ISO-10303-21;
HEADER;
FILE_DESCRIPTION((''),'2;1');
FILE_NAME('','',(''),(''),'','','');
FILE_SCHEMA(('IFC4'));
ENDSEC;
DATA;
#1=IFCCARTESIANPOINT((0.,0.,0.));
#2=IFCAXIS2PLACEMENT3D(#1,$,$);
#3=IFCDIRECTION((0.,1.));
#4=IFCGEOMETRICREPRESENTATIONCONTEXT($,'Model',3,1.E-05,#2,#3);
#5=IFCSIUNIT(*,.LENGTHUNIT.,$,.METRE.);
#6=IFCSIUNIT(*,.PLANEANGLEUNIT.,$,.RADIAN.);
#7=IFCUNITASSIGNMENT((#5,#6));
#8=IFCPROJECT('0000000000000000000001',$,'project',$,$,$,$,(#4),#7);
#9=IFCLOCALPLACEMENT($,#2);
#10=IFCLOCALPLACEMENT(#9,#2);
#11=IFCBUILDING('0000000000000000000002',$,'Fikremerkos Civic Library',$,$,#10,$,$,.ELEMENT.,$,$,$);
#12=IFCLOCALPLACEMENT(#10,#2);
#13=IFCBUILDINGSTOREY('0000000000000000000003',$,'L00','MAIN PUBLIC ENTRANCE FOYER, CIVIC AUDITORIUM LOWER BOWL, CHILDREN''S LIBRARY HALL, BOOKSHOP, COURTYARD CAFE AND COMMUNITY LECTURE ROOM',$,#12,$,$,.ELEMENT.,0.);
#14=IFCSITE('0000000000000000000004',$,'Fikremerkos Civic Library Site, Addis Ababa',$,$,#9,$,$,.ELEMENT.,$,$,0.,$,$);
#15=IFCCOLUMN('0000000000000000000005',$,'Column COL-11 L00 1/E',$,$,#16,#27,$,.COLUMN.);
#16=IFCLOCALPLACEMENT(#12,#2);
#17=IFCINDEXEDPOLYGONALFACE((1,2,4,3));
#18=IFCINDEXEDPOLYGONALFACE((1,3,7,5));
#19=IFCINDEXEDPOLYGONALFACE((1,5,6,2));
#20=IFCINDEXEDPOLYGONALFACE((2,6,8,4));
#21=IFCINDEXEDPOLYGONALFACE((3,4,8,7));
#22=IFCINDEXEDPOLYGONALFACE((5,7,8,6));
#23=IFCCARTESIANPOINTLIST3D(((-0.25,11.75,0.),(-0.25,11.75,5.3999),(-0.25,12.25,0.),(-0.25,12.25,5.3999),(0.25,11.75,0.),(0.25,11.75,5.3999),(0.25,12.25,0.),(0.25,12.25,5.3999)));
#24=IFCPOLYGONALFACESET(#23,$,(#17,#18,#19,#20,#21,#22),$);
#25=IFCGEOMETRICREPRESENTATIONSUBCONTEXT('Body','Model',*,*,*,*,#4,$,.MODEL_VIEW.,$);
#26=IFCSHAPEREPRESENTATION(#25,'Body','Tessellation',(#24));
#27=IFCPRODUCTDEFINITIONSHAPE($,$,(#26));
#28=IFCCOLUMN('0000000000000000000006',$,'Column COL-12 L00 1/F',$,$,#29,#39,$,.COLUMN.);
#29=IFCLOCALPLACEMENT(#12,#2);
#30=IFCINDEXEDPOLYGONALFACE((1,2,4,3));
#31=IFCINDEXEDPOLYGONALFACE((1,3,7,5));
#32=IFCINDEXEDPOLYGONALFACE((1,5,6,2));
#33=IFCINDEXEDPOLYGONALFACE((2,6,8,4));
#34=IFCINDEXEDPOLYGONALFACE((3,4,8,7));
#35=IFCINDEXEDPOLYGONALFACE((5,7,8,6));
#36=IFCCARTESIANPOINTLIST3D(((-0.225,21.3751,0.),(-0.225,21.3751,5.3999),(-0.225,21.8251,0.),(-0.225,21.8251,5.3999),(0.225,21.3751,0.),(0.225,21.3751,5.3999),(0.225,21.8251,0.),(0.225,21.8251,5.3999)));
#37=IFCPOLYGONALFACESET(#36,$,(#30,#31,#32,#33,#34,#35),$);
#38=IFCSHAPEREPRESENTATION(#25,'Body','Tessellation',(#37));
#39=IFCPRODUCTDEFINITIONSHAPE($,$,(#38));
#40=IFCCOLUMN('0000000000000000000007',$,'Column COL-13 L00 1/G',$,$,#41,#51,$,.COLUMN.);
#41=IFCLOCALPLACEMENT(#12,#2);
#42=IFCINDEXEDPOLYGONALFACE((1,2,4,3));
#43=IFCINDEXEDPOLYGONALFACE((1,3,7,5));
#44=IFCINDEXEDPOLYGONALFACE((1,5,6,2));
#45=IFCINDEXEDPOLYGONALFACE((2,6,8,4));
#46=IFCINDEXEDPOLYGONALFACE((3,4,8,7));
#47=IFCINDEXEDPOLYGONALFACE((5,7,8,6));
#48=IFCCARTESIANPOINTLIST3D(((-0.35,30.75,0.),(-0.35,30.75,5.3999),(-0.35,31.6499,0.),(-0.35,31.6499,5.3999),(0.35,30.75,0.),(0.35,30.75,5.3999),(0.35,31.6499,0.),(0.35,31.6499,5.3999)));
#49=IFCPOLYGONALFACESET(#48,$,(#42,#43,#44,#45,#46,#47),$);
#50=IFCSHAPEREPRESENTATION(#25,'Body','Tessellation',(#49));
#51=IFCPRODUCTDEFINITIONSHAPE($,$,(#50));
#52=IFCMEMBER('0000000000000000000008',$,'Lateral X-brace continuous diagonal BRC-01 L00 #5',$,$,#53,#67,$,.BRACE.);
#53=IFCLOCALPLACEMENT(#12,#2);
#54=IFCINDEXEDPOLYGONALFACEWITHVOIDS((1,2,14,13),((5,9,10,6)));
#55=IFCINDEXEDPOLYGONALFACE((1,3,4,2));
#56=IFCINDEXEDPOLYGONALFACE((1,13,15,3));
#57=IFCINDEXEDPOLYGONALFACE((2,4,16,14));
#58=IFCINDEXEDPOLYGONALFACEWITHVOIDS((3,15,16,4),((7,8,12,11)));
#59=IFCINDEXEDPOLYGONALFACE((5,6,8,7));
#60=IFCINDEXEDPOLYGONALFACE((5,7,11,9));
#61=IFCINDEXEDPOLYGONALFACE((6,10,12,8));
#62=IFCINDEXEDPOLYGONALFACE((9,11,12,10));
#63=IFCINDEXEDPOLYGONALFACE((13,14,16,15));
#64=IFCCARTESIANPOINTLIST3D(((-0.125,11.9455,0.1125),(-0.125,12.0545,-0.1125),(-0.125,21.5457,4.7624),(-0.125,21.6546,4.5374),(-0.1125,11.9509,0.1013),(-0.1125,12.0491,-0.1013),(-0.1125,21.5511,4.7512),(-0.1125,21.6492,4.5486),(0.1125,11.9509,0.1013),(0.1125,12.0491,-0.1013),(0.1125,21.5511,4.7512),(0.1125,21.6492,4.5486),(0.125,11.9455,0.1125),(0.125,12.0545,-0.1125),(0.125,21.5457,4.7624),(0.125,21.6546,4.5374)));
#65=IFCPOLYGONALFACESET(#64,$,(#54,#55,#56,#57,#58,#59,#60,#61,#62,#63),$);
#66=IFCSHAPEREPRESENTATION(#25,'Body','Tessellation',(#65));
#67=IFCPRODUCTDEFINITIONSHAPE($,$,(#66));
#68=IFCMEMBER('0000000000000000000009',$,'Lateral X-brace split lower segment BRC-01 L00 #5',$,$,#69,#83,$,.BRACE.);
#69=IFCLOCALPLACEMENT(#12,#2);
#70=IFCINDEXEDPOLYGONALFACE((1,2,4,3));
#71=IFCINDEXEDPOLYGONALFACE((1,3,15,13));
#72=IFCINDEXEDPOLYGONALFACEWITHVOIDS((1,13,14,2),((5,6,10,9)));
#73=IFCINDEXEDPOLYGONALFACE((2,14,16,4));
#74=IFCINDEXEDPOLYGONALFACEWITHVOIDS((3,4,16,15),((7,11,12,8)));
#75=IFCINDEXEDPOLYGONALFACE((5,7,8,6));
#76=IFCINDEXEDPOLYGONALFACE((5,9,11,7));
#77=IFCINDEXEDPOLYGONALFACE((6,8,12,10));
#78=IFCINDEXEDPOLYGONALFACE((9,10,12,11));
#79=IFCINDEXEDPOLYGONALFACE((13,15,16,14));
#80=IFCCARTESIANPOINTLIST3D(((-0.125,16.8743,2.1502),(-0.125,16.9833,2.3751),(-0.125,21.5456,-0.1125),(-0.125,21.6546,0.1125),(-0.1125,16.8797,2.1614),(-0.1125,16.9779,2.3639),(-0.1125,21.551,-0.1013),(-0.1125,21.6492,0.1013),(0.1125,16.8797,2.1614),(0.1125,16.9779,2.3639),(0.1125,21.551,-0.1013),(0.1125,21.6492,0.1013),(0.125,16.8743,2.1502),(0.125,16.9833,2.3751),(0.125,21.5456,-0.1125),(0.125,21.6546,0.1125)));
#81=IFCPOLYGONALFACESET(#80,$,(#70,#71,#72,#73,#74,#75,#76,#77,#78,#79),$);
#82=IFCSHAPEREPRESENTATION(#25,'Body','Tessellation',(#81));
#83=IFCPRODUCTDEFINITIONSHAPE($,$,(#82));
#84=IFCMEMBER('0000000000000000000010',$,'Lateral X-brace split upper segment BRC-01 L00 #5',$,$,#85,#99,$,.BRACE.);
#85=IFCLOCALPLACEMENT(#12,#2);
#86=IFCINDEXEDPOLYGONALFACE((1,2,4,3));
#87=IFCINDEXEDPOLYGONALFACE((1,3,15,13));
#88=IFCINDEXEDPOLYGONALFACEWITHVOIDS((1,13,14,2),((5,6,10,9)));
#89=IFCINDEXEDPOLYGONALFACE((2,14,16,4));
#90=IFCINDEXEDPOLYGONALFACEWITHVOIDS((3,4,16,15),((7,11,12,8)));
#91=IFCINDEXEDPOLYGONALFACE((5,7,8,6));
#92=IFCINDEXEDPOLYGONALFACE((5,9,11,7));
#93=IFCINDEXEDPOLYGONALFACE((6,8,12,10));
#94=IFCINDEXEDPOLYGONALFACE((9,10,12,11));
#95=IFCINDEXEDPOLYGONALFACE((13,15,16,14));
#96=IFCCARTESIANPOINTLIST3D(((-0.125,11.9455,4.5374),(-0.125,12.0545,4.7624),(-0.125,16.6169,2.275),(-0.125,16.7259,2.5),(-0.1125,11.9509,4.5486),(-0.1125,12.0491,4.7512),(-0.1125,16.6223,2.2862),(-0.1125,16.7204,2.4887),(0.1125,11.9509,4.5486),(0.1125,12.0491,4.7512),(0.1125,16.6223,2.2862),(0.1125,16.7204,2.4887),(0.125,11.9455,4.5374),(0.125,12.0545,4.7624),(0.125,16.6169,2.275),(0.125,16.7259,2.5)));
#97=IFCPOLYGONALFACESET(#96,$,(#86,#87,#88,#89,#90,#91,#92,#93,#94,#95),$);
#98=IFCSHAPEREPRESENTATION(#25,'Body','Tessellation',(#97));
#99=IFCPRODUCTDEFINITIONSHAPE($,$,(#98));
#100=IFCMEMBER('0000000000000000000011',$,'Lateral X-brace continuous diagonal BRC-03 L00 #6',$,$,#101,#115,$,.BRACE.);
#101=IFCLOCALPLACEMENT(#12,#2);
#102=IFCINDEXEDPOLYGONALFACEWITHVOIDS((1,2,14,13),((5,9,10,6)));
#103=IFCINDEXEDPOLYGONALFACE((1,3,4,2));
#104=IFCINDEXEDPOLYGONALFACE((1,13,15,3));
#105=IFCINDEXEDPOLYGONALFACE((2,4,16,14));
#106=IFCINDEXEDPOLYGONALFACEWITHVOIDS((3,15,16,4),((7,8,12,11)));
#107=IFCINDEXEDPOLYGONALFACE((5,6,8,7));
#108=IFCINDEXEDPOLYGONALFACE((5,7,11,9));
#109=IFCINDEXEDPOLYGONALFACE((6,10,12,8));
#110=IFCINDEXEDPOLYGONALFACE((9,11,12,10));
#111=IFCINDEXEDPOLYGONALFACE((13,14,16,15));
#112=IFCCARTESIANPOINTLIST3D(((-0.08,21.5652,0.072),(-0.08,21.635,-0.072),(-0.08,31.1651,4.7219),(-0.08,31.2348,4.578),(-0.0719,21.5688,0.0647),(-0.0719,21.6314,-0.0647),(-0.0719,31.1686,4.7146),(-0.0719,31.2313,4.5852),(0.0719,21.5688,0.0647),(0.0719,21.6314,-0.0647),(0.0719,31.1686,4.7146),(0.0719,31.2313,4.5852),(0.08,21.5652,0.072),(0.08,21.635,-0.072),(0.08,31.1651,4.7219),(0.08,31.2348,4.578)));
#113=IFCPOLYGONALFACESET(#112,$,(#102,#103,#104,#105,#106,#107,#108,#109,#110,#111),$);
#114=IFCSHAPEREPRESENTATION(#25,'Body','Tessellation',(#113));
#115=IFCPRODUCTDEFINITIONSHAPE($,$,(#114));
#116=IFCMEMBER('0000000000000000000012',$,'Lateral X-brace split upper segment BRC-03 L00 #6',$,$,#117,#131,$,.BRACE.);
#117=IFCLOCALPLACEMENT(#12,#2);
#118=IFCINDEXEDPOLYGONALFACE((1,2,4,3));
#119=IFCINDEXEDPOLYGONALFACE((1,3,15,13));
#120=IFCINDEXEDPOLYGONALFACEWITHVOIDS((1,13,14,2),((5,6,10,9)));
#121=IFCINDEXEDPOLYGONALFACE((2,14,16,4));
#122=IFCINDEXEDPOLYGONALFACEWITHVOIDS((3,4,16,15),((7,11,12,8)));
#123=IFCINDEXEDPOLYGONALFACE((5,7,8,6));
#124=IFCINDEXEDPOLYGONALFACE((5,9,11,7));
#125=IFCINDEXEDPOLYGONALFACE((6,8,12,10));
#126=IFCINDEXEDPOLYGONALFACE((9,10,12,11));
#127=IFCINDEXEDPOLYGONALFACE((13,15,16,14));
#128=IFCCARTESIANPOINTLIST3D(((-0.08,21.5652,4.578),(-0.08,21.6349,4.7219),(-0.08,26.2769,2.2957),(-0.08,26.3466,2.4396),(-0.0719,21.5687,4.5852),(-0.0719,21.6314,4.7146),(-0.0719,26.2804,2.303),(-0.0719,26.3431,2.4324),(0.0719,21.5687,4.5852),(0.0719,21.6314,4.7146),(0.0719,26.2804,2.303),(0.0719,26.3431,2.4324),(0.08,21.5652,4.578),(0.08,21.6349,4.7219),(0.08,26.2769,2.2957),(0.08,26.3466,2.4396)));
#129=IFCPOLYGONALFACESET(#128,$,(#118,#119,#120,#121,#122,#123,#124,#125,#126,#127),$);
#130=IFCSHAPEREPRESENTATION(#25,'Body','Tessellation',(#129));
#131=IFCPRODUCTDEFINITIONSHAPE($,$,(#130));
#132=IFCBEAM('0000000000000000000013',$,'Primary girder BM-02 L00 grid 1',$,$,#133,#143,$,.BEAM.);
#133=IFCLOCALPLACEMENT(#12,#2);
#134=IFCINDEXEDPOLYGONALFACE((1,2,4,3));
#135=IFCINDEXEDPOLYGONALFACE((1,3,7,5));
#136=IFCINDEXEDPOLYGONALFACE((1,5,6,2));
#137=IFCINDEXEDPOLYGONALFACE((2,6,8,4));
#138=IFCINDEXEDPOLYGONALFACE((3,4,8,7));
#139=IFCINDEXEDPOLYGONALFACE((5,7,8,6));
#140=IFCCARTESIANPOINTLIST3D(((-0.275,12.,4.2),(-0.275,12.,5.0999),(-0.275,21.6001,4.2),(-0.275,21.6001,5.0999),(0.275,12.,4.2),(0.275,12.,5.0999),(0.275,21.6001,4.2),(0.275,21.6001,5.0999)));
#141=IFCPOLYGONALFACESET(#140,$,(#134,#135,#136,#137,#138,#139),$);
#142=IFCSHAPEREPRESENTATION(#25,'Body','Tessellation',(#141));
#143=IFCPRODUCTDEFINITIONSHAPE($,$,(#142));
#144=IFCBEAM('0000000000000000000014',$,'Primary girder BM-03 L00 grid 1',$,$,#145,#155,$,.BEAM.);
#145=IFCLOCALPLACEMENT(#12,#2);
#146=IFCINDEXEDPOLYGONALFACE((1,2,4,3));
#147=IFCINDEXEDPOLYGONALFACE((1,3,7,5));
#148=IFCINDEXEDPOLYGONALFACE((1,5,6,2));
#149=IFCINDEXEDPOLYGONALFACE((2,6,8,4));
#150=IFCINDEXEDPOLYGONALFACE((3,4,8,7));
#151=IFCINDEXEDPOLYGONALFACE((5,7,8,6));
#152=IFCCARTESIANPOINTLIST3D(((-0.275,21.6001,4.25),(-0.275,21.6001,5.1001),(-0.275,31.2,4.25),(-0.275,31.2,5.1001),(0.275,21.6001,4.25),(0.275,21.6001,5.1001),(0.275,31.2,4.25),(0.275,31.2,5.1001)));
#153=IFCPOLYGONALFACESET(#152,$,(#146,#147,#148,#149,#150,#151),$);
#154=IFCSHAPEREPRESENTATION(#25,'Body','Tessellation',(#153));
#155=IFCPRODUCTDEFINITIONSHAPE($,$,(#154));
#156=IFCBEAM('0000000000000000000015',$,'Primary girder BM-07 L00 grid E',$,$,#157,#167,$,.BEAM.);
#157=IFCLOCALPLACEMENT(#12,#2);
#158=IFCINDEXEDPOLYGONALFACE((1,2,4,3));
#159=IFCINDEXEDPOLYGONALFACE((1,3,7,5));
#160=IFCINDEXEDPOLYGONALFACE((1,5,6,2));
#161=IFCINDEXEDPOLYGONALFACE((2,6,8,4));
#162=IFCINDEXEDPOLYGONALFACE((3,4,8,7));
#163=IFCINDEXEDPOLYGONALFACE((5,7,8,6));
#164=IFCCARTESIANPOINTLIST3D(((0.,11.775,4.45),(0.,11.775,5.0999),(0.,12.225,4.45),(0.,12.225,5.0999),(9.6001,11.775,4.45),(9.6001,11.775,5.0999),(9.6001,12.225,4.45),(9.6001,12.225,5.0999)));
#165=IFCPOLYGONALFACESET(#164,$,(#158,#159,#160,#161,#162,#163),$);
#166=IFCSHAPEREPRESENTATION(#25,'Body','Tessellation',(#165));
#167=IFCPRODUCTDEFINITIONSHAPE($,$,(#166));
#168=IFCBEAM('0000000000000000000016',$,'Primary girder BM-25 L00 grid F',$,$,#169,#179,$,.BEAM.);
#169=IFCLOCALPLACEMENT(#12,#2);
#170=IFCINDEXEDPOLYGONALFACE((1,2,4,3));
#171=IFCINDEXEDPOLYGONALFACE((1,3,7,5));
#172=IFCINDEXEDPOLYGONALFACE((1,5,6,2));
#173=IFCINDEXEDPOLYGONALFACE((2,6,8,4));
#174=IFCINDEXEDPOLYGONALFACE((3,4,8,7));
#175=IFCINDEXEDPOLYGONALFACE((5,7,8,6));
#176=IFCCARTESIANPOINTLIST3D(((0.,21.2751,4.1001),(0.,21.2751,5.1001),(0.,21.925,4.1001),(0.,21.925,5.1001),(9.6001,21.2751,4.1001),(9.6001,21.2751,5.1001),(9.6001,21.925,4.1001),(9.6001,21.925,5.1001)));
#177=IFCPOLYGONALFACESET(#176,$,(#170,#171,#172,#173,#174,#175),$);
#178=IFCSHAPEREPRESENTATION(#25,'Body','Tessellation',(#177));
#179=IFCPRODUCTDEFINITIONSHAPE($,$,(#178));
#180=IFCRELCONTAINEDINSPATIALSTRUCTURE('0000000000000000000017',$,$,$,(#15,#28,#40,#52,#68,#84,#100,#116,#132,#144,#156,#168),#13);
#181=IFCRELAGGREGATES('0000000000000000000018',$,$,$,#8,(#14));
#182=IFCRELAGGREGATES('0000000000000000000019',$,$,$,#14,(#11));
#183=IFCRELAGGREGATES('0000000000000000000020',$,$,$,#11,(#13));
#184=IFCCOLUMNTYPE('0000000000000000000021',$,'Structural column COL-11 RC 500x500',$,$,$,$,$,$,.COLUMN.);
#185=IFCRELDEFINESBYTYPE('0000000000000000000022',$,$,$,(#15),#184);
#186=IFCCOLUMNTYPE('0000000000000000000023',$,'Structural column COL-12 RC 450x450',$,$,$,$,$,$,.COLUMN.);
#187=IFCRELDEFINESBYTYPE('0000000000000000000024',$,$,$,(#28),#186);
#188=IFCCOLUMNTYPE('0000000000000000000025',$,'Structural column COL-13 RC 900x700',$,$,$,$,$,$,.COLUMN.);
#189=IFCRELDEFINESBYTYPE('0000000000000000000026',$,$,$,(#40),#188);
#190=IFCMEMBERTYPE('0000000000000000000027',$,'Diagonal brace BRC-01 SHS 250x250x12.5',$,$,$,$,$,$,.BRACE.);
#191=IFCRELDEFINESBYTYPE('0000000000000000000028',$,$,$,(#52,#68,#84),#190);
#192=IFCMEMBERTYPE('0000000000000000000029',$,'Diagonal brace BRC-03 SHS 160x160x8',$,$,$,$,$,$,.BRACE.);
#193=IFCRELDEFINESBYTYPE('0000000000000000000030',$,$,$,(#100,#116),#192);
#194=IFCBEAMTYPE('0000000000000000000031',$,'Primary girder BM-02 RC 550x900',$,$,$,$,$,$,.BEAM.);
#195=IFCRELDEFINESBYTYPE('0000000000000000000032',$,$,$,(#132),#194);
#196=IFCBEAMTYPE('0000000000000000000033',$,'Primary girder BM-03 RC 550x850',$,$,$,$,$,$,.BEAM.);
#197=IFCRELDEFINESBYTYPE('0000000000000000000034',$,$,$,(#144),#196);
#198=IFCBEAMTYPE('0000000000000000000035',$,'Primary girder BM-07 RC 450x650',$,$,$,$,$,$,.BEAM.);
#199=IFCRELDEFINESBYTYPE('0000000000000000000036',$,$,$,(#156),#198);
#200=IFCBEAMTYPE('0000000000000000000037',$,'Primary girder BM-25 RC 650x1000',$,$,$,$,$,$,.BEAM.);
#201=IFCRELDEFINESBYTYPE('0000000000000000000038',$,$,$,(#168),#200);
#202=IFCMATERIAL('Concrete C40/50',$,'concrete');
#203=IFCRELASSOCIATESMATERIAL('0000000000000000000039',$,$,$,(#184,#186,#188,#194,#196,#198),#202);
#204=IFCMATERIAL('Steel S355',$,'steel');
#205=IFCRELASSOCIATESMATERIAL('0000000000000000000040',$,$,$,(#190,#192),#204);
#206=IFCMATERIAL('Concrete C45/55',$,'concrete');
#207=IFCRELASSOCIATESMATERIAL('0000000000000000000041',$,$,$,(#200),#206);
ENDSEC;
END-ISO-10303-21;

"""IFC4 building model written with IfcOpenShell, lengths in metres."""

from ifc_helpers import new_model, si_unit, direction, frame, origin, origin_2d, place, context, subcontext, project, spatial, rectangle, hollow_rectangle, extrude, material, material_profile, profile_set, type_object, element, save


model = new_model("IFC4")

# Units and contexts
model_context = context("Model", 3, precision=1e-05, world=origin(), true_north=direction((0.0, 1.0)))
body_context = subcontext(model_context, "Body", "Model", "MODEL_VIEW")
ifc_project = project(units=[si_unit("LENGTHUNIT", "METRE"), si_unit("PLANEANGLEUNIT", "RADIAN")], contexts=[model_context])

# Site, building, storey
site_placement = place(None, origin())
site = spatial("IfcSite", under=ifc_project, at=site_placement, Name="Fikremerkos Civic Library Site, Addis Ababa", CompositionType="ELEMENT", RefElevation=0.0)
building_placement = place(site_placement, origin())
building = spatial("IfcBuilding", under=site, at=building_placement, Name="Fikremerkos Civic Library", CompositionType="ELEMENT")
storey_placement = place(building_placement, origin())
storey = spatial("IfcBuildingStorey", under=building, at=storey_placement, Name="L00", Description="MAIN PUBLIC ENTRANCE FOYER, CIVIC AUDITORIUM LOWER BOWL, CHILDREN'S LIBRARY HALL, BOOKSHOP, COURTYARD CAFE AND COMMUNITY LECTURE ROOM", CompositionType="ELEMENT", Elevation=0.0)

# Columns
ifc_material_1 = material(Name="Concrete C40/50", Category="concrete")
ifc_material_profile_1 = material_profile(ifc_material_1, rectangle(XDim=0.5, YDim=0.5, at=origin_2d()), Name="RC 500x500")
ifc_profile_set_1 = profile_set([ifc_material_profile_1], Name="Concrete C40/50")
column_type_1 = type_object("IfcColumnType", Name="Structural column COL-11 RC 500x500", PredefinedType="COLUMN", material=ifc_profile_set_1)
column_1_placement = place(storey_placement, frame((0.0, 12.0, 0.0), z_axis=(0.0, 0.0, 1.0), x_axis=(1.0, 0.0, 0.0)))
element("IfcColumn", 1, at=column_1_placement, inside=storey, type_object=column_type_1, Name="Column COL-11 L00 1/E", PredefinedType="COLUMN", context=body_context, shape_type="SweptSolid", body=[
    extrude(rectangle(XDim=0.5, YDim=0.5, at=origin_2d()), origin(), (0.0, 0.0, 1.0), 5.3999),
])
ifc_material_profile_2 = material_profile(ifc_material_1, rectangle(XDim=0.45, YDim=0.45, at=origin_2d()), Name="RC 450x450")
ifc_profile_set_2 = profile_set([ifc_material_profile_2], Name="Concrete C40/50")
column_type_2 = type_object("IfcColumnType", Name="Structural column COL-12 RC 450x450", PredefinedType="COLUMN", material=ifc_profile_set_2)
column_2_placement = place(storey_placement, frame((0.0, 21.6001, 0.0), z_axis=(0.0, 0.0, 1.0), x_axis=(1.0, 0.0, 0.0)))
element("IfcColumn", 2, at=column_2_placement, inside=storey, type_object=column_type_2, Name="Column COL-12 L00 1/F", PredefinedType="COLUMN", context=body_context, shape_type="SweptSolid", body=[
    extrude(rectangle(XDim=0.45, YDim=0.45, at=origin_2d()), origin(), (0.0, 0.0, 1.0), 5.3999),
])
ifc_material_profile_3 = material_profile(ifc_material_1, rectangle(XDim=0.8999, YDim=0.7, at=origin_2d()), Name="RC 900x700")
ifc_profile_set_3 = profile_set([ifc_material_profile_3], Name="Concrete C40/50")
column_type_3 = type_object("IfcColumnType", Name="Structural column COL-13 RC 900x700", PredefinedType="COLUMN", material=ifc_profile_set_3)
column_3_placement = place(storey_placement, frame((0.0, 31.2, 0.0), z_axis=(0.0, 0.0, 1.0), x_axis=(0.0, 1.0, 0.0)))
element("IfcColumn", 3, at=column_3_placement, inside=storey, type_object=column_type_3, Name="Column COL-13 L00 1/G", PredefinedType="COLUMN", context=body_context, shape_type="SweptSolid", body=[
    extrude(rectangle(XDim=0.8999, YDim=0.7, at=origin_2d()), origin(), (0.0, 0.0, 1.0), 5.3999),
])

# Members
ifc_material_2 = material(Name="Steel S355", Category="steel")
ifc_material_profile_4 = material_profile(ifc_material_2, hollow_rectangle(XDim=0.25, YDim=0.25, WallThickness=0.0125, at=origin_2d()), Name="SHS 250x250x12.5")
ifc_profile_set_4 = profile_set([ifc_material_profile_4], Name="Steel S355")
member_type_1 = type_object("IfcMemberType", Name="Diagonal brace BRC-01 SHS 250x250x12.5", PredefinedType="BRACE", material=ifc_profile_set_4)
member_1_placement = place(storey_placement, frame((0.0, 12.0, 0.0), z_axis=(0.0, 0.899987, 0.435917), x_axis=(-1.0, 0.0, 0.0)))
element("IfcMember", 4, at=member_1_placement, inside=storey, type_object=member_type_1, Name="Lateral X-brace continuous diagonal BRC-01 L00 #5", PredefinedType="BRACE", context=body_context, shape_type="SweptSolid", body=[
    extrude(hollow_rectangle(XDim=0.25, YDim=0.25, WallThickness=0.0125, at=origin_2d()), origin(), (0.0, 0.0, 1.0), 10.667),
])
for number, where, z_axis, x_axis, name in (
    (5, (0.0, 21.6001, 0.0), (0.0, -0.899982, 0.435927), (1.0, 0.0, 0.0), "Lateral X-brace split lower segment BRC-01 L00 #5"),
    (6, (0.0, 16.6714, 2.3875), (0.0, -0.9, 0.435889), (1.0, 0.0, 0.0), "Lateral X-brace split upper segment BRC-01 L00 #5"),
):
    element("IfcMember", number, at=place(storey_placement, frame(where, z_axis=z_axis, x_axis=x_axis)), inside=storey, type_object=member_type_1, Name=name, PredefinedType="BRACE", context=body_context, shape_type="SweptSolid", body=[
        extrude(hollow_rectangle(XDim=0.25, YDim=0.25, WallThickness=0.0125, at=origin_2d()), origin(), (0.0, 0.0, 1.0), 5.1904),
    ])
ifc_material_profile_5 = material_profile(ifc_material_2, hollow_rectangle(XDim=0.1599, YDim=0.1599, WallThickness=0.0081, at=origin_2d()), Name="SHS 160x160x8")
ifc_profile_set_5 = profile_set([ifc_material_profile_5], Name="Steel S355")
member_type_2 = type_object("IfcMemberType", Name="Diagonal brace BRC-03 SHS 160x160x8", PredefinedType="BRACE", material=ifc_profile_set_5)
member_2_placement = place(storey_placement, frame((0.0, 21.6001, 0.0), z_axis=(0.0, 0.899982, 0.435926), x_axis=(-1.0, 0.0, 0.0)))
element("IfcMember", 7, at=member_2_placement, inside=storey, type_object=member_type_2, Name="Lateral X-brace continuous diagonal BRC-03 L00 #6", PredefinedType="BRACE", context=body_context, shape_type="SweptSolid", body=[
    extrude(hollow_rectangle(XDim=0.1599, YDim=0.1599, WallThickness=0.0081, at=origin_2d()), origin(), (0.0, 0.0, 1.0), 10.6667),
])
member_3_placement = place(storey_placement, frame((0.0, 26.3118, 2.3677), z_axis=(0.0, -0.89998, 0.43593), x_axis=(1.0, 0.0, 0.0)))
element("IfcMember", 8, at=member_3_placement, inside=storey, type_object=member_type_2, Name="Lateral X-brace split upper segment BRC-03 L00 #6", PredefinedType="BRACE", context=body_context, shape_type="SweptSolid", body=[
    extrude(hollow_rectangle(XDim=0.1599, YDim=0.1599, WallThickness=0.0081, at=origin_2d()), origin(), (0.0, 0.0, 1.0), 5.2354),
])

# Beams
ifc_material_profile_6 = material_profile(ifc_material_1, rectangle(XDim=0.55, YDim=0.8999, at=origin_2d()), Name="RC 550x900")
ifc_profile_set_6 = profile_set([ifc_material_profile_6], Name="Concrete C40/50")
beam_type_1 = type_object("IfcBeamType", Name="Primary girder BM-02 RC 550x900", PredefinedType="BEAM", material=ifc_profile_set_6)
beam_1_placement = place(storey_placement, frame((0.0, 12.0, 4.6499), z_axis=(0.0, 1.0, 0.0), x_axis=(-1.0, 0.0, 0.0)))
element("IfcBeam", 9, at=beam_1_placement, inside=storey, type_object=beam_type_1, Name="Primary girder BM-02 L00 grid 1", PredefinedType="BEAM", context=body_context, shape_type="SweptSolid", body=[
    extrude(rectangle(XDim=0.55, YDim=0.8999, at=origin_2d()), origin(), (0.0, 0.0, 1.0), 9.6001),
])
ifc_material_profile_7 = material_profile(ifc_material_1, rectangle(XDim=0.55, YDim=0.8501, at=origin_2d()), Name="RC 550x850")
ifc_profile_set_7 = profile_set([ifc_material_profile_7], Name="Concrete C40/50")
beam_type_2 = type_object("IfcBeamType", Name="Primary girder BM-03 RC 550x850", PredefinedType="BEAM", material=ifc_profile_set_7)
beam_2_placement = place(storey_placement, frame((0.0, 21.6001, 4.675), z_axis=(0.0, 1.0, 0.0), x_axis=(-1.0, 0.0, 0.0)))
element("IfcBeam", 10, at=beam_2_placement, inside=storey, type_object=beam_type_2, Name="Primary girder BM-03 L00 grid 1", PredefinedType="BEAM", context=body_context, shape_type="SweptSolid", body=[
    extrude(rectangle(XDim=0.55, YDim=0.8501, at=origin_2d()), origin(), (0.0, 0.0, 1.0), 9.5999),
])
ifc_material_profile_8 = material_profile(ifc_material_1, rectangle(XDim=0.45, YDim=0.6499, at=origin_2d()), Name="RC 450x650")
ifc_profile_set_8 = profile_set([ifc_material_profile_8], Name="Concrete C40/50")
beam_type_3 = type_object("IfcBeamType", Name="Primary girder BM-07 RC 450x650", PredefinedType="BEAM", material=ifc_profile_set_8)
beam_3_placement = place(storey_placement, frame((0.0, 12.0, 4.7749), z_axis=(1.0, 0.0, 0.0), x_axis=(0.0, 1.0, 0.0)))
element("IfcBeam", 11, at=beam_3_placement, inside=storey, type_object=beam_type_3, Name="Primary girder BM-07 L00 grid E", PredefinedType="BEAM", context=body_context, shape_type="SweptSolid", body=[
    extrude(rectangle(XDim=0.45, YDim=0.6499, at=origin_2d()), origin(), (0.0, 0.0, 1.0), 9.6001),
])
ifc_material_3 = material(Name="Concrete C45/55", Category="concrete")
ifc_material_profile_9 = material_profile(ifc_material_3, rectangle(XDim=0.6499, YDim=1.0, at=origin_2d()), Name="RC 650x1000")
ifc_profile_set_9 = profile_set([ifc_material_profile_9], Name="Concrete C45/55")
beam_type_4 = type_object("IfcBeamType", Name="Primary girder BM-25 RC 650x1000", PredefinedType="BEAM", material=ifc_profile_set_9)
beam_4_placement = place(storey_placement, frame((0.0, 21.6001, 4.6001), z_axis=(1.0, 0.0, 0.0), x_axis=(0.0, 1.0, 0.0)))
element("IfcBeam", 12, at=beam_4_placement, inside=storey, type_object=beam_type_4, Name="Primary girder BM-25 L00 grid F", PredefinedType="BEAM", context=body_context, shape_type="SweptSolid", body=[
    extrude(rectangle(XDim=0.6499, YDim=1.0, at=origin_2d()), origin(), (0.0, 0.0, 1.0), 9.6001),
])

save(model, "model.ifc")
